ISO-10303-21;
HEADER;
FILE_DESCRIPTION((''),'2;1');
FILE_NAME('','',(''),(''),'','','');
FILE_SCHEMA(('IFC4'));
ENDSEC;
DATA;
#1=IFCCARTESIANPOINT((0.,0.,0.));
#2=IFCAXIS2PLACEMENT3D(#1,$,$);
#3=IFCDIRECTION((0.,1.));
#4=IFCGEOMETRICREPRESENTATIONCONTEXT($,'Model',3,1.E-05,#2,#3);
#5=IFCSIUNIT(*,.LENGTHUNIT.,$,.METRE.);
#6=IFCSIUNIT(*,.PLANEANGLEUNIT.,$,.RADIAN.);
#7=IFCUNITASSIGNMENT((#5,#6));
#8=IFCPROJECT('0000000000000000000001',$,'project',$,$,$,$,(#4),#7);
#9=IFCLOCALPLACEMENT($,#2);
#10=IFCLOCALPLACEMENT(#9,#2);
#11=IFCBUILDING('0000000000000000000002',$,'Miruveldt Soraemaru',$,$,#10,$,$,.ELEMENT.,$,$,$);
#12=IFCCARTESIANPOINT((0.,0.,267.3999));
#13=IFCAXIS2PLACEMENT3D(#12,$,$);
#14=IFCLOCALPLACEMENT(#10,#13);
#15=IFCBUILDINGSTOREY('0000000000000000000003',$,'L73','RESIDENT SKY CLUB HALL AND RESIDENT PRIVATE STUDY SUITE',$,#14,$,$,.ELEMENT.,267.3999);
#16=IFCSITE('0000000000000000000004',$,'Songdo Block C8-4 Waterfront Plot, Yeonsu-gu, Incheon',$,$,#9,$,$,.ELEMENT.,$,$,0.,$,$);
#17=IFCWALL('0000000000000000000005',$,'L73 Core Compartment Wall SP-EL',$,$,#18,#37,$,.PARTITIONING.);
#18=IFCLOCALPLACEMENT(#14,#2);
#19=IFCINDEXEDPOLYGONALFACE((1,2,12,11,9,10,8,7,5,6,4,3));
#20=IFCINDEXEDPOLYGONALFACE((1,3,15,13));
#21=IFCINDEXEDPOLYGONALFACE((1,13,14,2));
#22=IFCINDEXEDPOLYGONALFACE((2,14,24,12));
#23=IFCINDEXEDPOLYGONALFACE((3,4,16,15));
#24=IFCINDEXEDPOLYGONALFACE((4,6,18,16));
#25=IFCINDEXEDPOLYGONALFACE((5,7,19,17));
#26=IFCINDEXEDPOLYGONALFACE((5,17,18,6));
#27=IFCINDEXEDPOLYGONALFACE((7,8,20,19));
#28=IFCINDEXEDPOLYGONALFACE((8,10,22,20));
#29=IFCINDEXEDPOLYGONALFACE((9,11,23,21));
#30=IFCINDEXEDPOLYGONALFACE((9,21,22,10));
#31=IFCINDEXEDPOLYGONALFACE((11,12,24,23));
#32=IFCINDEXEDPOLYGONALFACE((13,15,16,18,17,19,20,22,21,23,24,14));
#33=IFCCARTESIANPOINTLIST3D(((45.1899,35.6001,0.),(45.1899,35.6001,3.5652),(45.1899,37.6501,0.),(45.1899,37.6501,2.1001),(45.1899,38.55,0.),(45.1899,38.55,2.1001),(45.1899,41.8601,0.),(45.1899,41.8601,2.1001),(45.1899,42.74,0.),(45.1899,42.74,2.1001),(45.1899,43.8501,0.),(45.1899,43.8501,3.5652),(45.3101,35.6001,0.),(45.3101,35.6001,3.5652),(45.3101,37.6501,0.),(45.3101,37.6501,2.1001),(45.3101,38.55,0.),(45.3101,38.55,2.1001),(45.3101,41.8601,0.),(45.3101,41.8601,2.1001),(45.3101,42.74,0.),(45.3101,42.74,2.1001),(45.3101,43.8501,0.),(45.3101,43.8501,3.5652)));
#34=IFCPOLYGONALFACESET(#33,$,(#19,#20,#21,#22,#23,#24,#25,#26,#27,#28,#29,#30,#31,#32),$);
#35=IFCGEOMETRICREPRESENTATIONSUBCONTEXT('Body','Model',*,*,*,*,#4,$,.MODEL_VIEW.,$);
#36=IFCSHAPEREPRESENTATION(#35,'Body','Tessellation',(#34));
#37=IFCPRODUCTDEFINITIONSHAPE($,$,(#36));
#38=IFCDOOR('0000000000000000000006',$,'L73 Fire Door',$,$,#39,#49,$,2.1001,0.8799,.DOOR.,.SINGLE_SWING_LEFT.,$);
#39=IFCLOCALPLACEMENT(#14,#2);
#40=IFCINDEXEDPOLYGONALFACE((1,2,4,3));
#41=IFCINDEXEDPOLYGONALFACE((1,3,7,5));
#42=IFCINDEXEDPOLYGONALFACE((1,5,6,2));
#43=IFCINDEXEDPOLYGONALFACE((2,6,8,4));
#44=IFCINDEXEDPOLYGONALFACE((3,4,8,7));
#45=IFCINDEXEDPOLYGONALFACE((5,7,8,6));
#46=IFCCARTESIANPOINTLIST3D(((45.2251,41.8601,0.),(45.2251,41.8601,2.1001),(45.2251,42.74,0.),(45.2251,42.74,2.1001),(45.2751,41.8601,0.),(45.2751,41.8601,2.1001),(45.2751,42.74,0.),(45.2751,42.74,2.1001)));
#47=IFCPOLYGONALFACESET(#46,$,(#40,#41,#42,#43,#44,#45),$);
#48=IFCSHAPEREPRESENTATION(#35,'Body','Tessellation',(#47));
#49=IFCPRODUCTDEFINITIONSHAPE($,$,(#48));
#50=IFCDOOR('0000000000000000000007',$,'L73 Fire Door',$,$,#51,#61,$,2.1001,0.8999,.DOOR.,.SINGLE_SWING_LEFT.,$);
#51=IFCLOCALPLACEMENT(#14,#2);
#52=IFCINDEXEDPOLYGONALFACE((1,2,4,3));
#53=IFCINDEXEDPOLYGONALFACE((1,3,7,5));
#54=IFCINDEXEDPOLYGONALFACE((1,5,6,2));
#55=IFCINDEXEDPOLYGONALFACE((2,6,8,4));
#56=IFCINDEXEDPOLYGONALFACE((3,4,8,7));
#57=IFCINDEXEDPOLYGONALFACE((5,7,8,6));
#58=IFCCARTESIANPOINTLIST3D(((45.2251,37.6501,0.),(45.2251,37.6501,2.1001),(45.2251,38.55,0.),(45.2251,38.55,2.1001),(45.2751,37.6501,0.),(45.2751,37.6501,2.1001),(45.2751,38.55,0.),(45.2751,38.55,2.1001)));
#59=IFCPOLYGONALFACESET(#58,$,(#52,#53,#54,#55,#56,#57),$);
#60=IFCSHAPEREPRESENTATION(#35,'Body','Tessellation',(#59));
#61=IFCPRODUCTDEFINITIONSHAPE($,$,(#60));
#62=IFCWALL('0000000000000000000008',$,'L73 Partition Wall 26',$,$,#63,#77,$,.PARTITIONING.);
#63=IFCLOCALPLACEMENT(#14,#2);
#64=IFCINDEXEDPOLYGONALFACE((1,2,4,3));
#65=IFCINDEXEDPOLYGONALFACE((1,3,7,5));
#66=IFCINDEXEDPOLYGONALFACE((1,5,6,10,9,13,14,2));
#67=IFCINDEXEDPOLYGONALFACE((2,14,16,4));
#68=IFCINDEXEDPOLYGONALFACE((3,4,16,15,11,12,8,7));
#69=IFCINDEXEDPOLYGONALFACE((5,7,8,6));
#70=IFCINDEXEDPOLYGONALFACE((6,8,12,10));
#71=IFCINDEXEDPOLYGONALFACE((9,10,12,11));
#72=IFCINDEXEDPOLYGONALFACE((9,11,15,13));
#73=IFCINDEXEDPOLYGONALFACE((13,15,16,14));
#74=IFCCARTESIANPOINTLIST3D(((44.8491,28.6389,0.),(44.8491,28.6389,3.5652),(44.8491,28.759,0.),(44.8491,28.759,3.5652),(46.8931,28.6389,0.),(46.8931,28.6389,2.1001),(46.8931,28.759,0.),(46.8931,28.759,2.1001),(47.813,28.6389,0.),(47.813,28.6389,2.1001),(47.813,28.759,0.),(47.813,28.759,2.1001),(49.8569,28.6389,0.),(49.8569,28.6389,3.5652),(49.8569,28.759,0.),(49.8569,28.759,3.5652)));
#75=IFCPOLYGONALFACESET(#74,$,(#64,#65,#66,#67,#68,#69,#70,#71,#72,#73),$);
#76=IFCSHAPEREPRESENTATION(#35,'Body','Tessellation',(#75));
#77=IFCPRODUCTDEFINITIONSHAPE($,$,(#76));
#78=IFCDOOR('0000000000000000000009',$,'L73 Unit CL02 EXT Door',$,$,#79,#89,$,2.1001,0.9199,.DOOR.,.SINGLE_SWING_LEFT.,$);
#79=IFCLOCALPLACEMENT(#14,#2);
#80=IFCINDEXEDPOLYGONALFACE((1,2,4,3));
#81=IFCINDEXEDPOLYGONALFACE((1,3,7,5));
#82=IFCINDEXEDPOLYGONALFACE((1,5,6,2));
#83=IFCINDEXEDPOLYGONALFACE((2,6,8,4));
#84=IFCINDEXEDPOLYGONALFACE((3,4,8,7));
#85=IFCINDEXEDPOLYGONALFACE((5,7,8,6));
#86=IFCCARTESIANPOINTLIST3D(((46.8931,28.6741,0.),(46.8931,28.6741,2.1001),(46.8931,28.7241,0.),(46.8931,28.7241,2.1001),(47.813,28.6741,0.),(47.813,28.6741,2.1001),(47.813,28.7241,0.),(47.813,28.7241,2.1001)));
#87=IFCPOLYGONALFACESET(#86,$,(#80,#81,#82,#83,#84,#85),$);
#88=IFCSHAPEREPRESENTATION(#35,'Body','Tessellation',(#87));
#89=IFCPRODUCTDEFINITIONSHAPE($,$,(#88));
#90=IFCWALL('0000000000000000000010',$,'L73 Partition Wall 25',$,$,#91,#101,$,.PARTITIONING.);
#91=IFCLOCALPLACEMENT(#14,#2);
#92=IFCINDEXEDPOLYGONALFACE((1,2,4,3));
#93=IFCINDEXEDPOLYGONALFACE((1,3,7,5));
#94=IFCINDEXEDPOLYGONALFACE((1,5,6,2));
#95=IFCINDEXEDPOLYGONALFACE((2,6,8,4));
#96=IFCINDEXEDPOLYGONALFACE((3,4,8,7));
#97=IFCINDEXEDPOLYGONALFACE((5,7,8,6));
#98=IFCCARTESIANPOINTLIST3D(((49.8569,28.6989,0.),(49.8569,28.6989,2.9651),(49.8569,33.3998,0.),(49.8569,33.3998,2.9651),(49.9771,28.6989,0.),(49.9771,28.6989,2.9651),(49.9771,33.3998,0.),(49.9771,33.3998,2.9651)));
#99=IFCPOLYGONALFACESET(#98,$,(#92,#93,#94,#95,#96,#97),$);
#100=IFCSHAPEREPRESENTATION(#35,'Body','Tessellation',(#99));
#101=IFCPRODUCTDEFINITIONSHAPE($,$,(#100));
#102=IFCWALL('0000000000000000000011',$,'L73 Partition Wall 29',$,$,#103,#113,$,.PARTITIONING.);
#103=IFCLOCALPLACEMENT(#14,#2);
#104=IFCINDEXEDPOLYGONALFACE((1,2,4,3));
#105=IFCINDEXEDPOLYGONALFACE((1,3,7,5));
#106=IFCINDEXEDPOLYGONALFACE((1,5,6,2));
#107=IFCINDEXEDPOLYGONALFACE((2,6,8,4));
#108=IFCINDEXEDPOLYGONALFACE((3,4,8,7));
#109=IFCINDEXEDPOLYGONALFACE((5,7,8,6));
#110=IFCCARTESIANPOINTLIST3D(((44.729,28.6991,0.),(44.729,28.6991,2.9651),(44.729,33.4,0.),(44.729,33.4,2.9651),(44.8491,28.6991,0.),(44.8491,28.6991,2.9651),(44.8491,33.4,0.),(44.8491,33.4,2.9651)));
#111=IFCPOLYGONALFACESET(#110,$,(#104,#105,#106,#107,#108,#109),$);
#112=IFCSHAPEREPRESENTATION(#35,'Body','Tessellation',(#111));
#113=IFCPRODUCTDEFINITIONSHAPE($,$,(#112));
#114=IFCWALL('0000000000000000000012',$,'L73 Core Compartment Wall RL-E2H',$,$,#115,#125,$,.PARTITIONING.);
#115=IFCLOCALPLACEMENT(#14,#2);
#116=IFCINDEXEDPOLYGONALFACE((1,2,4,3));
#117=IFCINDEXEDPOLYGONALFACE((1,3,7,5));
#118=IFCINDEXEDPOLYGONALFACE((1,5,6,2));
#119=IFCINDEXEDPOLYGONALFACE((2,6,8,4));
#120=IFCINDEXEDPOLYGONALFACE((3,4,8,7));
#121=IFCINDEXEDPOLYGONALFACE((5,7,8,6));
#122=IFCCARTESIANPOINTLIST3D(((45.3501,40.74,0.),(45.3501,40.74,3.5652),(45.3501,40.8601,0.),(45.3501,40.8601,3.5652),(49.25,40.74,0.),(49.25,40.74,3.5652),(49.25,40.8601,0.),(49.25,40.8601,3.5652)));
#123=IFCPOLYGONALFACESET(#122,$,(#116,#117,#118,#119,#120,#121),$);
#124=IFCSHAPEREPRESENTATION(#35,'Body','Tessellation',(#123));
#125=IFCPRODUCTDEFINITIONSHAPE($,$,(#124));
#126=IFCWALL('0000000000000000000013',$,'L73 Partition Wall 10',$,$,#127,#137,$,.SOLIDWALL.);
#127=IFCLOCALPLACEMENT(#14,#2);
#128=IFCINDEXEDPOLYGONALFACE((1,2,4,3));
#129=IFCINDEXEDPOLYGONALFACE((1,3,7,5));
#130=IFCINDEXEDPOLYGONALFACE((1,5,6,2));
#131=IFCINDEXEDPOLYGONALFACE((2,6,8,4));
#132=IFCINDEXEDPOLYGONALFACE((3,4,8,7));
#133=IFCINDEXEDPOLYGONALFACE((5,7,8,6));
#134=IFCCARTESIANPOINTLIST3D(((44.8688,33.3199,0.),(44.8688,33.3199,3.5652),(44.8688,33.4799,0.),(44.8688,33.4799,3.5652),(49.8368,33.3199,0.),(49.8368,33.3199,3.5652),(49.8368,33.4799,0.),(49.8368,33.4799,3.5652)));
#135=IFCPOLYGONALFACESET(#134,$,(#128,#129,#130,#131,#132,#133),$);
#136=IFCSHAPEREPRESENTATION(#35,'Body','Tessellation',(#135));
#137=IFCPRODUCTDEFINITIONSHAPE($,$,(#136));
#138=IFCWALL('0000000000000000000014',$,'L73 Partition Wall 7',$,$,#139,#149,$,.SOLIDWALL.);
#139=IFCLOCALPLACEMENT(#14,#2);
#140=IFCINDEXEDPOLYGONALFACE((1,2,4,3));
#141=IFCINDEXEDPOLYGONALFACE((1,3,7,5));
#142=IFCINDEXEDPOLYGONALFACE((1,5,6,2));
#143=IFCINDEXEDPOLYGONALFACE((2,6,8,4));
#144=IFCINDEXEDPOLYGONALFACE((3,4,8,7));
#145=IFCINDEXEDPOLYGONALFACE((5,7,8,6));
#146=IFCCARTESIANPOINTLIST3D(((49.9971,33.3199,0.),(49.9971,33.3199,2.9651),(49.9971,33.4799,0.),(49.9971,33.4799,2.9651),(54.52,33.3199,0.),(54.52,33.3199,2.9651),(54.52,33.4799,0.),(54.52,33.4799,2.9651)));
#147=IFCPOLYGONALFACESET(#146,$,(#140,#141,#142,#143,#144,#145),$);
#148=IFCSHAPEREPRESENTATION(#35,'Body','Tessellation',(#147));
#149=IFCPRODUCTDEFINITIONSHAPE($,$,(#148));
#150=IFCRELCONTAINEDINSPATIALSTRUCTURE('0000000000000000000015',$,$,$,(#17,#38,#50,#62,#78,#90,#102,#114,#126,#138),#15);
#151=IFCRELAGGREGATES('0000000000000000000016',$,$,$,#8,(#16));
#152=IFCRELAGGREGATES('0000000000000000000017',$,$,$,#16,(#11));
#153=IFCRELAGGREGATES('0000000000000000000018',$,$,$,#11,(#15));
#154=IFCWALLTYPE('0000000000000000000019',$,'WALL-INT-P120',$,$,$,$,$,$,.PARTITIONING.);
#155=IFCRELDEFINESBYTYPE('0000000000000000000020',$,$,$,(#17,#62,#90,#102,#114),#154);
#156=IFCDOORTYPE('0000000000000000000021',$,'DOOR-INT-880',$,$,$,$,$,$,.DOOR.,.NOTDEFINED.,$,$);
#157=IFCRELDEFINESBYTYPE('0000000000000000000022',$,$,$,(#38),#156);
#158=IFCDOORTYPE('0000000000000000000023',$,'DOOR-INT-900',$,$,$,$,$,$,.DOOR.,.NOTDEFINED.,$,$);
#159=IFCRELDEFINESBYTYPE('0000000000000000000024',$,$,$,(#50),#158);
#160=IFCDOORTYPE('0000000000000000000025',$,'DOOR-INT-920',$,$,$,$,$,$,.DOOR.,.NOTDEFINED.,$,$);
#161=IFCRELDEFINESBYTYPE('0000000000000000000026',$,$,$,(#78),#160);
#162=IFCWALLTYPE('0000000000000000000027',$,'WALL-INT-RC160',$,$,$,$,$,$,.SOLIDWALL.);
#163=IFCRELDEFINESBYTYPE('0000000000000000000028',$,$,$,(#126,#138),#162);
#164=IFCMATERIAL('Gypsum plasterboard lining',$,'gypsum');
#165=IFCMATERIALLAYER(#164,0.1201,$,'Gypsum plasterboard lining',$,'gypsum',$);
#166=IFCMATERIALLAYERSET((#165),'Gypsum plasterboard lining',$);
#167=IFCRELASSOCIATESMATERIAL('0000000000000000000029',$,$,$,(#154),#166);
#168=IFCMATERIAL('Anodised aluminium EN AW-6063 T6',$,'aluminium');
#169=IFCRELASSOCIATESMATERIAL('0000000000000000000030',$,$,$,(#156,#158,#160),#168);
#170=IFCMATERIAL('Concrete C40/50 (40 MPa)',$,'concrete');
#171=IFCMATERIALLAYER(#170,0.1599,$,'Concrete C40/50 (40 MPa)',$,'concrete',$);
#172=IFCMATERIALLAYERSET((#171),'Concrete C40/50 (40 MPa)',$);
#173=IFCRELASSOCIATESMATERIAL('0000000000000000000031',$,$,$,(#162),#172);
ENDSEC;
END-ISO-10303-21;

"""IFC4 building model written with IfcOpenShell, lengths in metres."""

from ifc_helpers import new_model, si_unit, direction, frame, frame_2d, origin, place, context, subcontext, project, spatial, rectangle, extrude, material, layer, layer_set, type_object, element, fill, save


model = new_model("IFC4")

# Units and contexts
model_context = context("Model", 3, precision=1e-05, world=origin(), true_north=direction((0.0, 1.0)))
body_context = subcontext(model_context, "Body", "Model", "MODEL_VIEW")
ifc_project = project(units=[si_unit("LENGTHUNIT", "METRE"), si_unit("PLANEANGLEUNIT", "RADIAN")], contexts=[model_context])

# Site, building, storey
site_placement = place(None, origin())
site = spatial("IfcSite", under=ifc_project, at=site_placement, Name="Songdo Block C8-4 Waterfront Plot, Yeonsu-gu, Incheon", CompositionType="ELEMENT", RefElevation=0.0)
building_placement = place(site_placement, origin())
building = spatial("IfcBuilding", under=site, at=building_placement, Name="Miruveldt Soraemaru", CompositionType="ELEMENT")
storey_placement = place(building_placement, frame((0.0, 0.0, 267.3999)))
storey = spatial("IfcBuildingStorey", under=building, at=storey_placement, Name="L73", Description="RESIDENT SKY CLUB HALL AND RESIDENT PRIVATE STUDY SUITE", CompositionType="ELEMENT", Elevation=267.3999)

# Wall, openings, doors
ifc_material_1 = material(Name="Gypsum plasterboard lining", Category="gypsum")
ifc_layer_1 = layer(ifc_material_1, 0.1201, Name="Gypsum plasterboard lining", Category="gypsum")
ifc_layer_set_1 = layer_set([ifc_layer_1], Name="Gypsum plasterboard lining")
wall_type_1 = type_object("IfcWallType", Name="WALL-INT-P120", PredefinedType="PARTITIONING", material=ifc_layer_set_1)
wall_1_placement = place(storey_placement, frame((45.25, 35.6001, 0.0), z_axis=(0.0, 0.0, 1.0), x_axis=(0.0, 1.0, 0.0)))
wall_1 = element("IfcWall", 1, at=wall_1_placement, inside=storey, type_object=wall_type_1, Name="L73 Core Compartment Wall SP-EL", PredefinedType="PARTITIONING", context=body_context, shape_type="SweptSolid", body=[
    extrude(rectangle(XDim=8.25, YDim=0.1201, at=frame_2d((4.125, 0.0))), origin(), (0.0, 0.0, 1.0), 3.5652),
])
opening_1_placement = place(wall_1_placement, frame((2.05, 0.0, 0.0)))
opening_1 = element("IfcOpeningElement", 2, at=opening_1_placement, cuts=wall_1, PredefinedType="OPENING", context=body_context, shape_type="SweptSolid", body=[
    extrude(rectangle(XDim=0.8999, YDim=2.1001, at=frame_2d((0.45, 1.05))), frame((0.0, 0.0701, 0.0), z_axis=(0.0, -1.0, 0.0), x_axis=(1.0, 0.0, 0.0)), (0.0, 0.0, 1.0), 0.1401),
])
opening_2_placement = place(wall_1_placement, frame((6.26, 0.0, 0.0)))
opening_2 = element("IfcOpeningElement", 3, at=opening_2_placement, cuts=wall_1, PredefinedType="OPENING", context=body_context, shape_type="SweptSolid", body=[
    extrude(rectangle(XDim=0.8799, YDim=2.1001, at=frame_2d((0.4399, 1.05))), frame((0.0, 0.0701, 0.0), z_axis=(0.0, -1.0, 0.0), x_axis=(1.0, 0.0, 0.0)), (0.0, 0.0, 1.0), 0.1401),
])
ifc_material_2 = material(Name="Anodised aluminium EN AW-6063 T6", Category="aluminium")
door_type_1 = type_object("IfcDoorType", Name="DOOR-INT-880", OperationType="NOTDEFINED", PredefinedType="DOOR", material=ifc_material_2)
door_1_placement = place(opening_2_placement, origin())
door_1 = element("IfcDoor", 4, at=door_1_placement, inside=storey, type_object=door_type_1, Name="L73 Fire Door", OperationType="SINGLE_SWING_LEFT", OverallHeight=2.1001, OverallWidth=0.8799, PredefinedType="DOOR", context=body_context, shape_type="SweptSolid", body=[
    extrude(rectangle(XDim=0.8799, YDim=2.1001, at=frame_2d((0.4399, 1.05))), frame((0.0, 0.0249, 0.0), z_axis=(0.0, -1.0, 0.0), x_axis=(1.0, 0.0, 0.0)), (0.0, 0.0, 1.0), 0.05),
])
fill(opening_2, door_1)
door_type_2 = type_object("IfcDoorType", Name="DOOR-INT-900", OperationType="NOTDEFINED", PredefinedType="DOOR", material=ifc_material_2)
door_2_placement = place(opening_1_placement, origin())
door_2 = element("IfcDoor", 5, at=door_2_placement, inside=storey, type_object=door_type_2, Name="L73 Fire Door", OperationType="SINGLE_SWING_LEFT", OverallHeight=2.1001, OverallWidth=0.8999, PredefinedType="DOOR", context=body_context, shape_type="SweptSolid", body=[
    extrude(rectangle(XDim=0.8999, YDim=2.1001, at=frame_2d((0.45, 1.05))), frame((0.0, 0.0249, 0.0), z_axis=(0.0, -1.0, 0.0), x_axis=(1.0, 0.0, 0.0)), (0.0, 0.0, 1.0), 0.05),
])
fill(opening_1, door_2)

# Wall, opening, door
wall_2_placement = place(storey_placement, frame((49.8569, 28.699, 0.0), z_axis=(0.0, 0.0, 1.0), x_axis=(-1.0, 0.0, 0.0)))
wall_2 = element("IfcWall", 6, at=wall_2_placement, inside=storey, type_object=wall_type_1, Name="L73 Partition Wall 26", PredefinedType="PARTITIONING", context=body_context, shape_type="SweptSolid", body=[
    extrude(rectangle(XDim=5.0078, YDim=0.1201, at=frame_2d((2.5039, 0.0))), origin(), (0.0, 0.0, 1.0), 3.5652),
])
opening_3_placement = place(wall_2_placement, frame((2.0439, 0.0, 0.0)))
opening_3 = element("IfcOpeningElement", 7, at=opening_3_placement, cuts=wall_2, PredefinedType="OPENING", context=body_context, shape_type="SweptSolid", body=[
    extrude(rectangle(XDim=0.9199, YDim=2.1001, at=frame_2d((0.46, 1.05))), frame((0.0, 0.0701, 0.0), z_axis=(0.0, -1.0, 0.0), x_axis=(1.0, 0.0, 0.0)), (0.0, 0.0, 1.0), 0.1401),
])
door_type_3 = type_object("IfcDoorType", Name="DOOR-INT-920", OperationType="NOTDEFINED", PredefinedType="DOOR", material=ifc_material_2)
door_3_placement = place(opening_3_placement, origin())
door_3 = element("IfcDoor", 8, at=door_3_placement, inside=storey, type_object=door_type_3, Name="L73 Unit CL02 EXT Door", OperationType="SINGLE_SWING_LEFT", OverallHeight=2.1001, OverallWidth=0.9199, PredefinedType="DOOR", context=body_context, shape_type="SweptSolid", body=[
    extrude(rectangle(XDim=0.9199, YDim=2.1001, at=frame_2d((0.46, 1.05))), frame((0.0, 0.0249, 0.0), z_axis=(0.0, -1.0, 0.0), x_axis=(1.0, 0.0, 0.0)), (0.0, 0.0, 1.0), 0.05),
])
fill(opening_3, door_3)

# Walls
for number, where, z_axis, x_axis, name in (
    (9, (49.917, 33.3999, 0.0), (0.0, 0.0, 1.0), (0.0, -1.0, 0.0), "L73 Partition Wall 25"),
    (10, (44.7891, 28.699, 0.0), (0.0, 0.0, 1.0), (0.0, 1.0, 0.0), "L73 Partition Wall 29"),
):
    element("IfcWall", number, at=place(storey_placement, frame(where, z_axis=z_axis, x_axis=x_axis)), inside=storey, type_object=wall_type_1, Name=name, PredefinedType="PARTITIONING", context=body_context, shape_type="SweptSolid", body=[
        extrude(rectangle(XDim=4.7009, YDim=0.1201, at=frame_2d((2.3506, 0.0))), origin(), (0.0, 0.0, 1.0), 2.9651),
    ])
wall_3_placement = place(storey_placement, frame((45.3501, 40.8, 0.0), z_axis=(0.0, 0.0, 1.0), x_axis=(1.0, 0.0, 0.0)))
element("IfcWall", 11, at=wall_3_placement, inside=storey, type_object=wall_type_1, Name="L73 Core Compartment Wall RL-E2H", PredefinedType="PARTITIONING", context=body_context, shape_type="SweptSolid", body=[
    extrude(rectangle(XDim=3.8999, YDim=0.1201, at=frame_2d((1.95, 0.0))), origin(), (0.0, 0.0, 1.0), 3.5652),
])
ifc_material_3 = material(Name="Concrete C40/50 (40 MPa)", Category="concrete")
ifc_layer_2 = layer(ifc_material_3, 0.1599, Name="Concrete C40/50 (40 MPa)", Category="concrete")
ifc_layer_set_2 = layer_set([ifc_layer_2], Name="Concrete C40/50 (40 MPa)")
wall_type_2 = type_object("IfcWallType", Name="WALL-INT-RC160", PredefinedType="SOLIDWALL", material=ifc_layer_set_2)
wall_4_placement = place(storey_placement, frame((44.8689, 33.3999, 0.0), z_axis=(0.0, 0.0, 1.0), x_axis=(1.0, 0.0, 0.0)))
element("IfcWall", 12, at=wall_4_placement, inside=storey, type_object=wall_type_2, Name="L73 Partition Wall 10", PredefinedType="SOLIDWALL", context=body_context, shape_type="SweptSolid", body=[
    extrude(rectangle(XDim=4.968, YDim=0.1599, at=frame_2d((2.4839, 0.0))), origin(), (0.0, 0.0, 1.0), 3.5652),
])
wall_5_placement = place(storey_placement, frame((49.9971, 33.3999, 0.0), z_axis=(0.0, 0.0, 1.0), x_axis=(1.0, 0.0, 0.0)))
element("IfcWall", 13, at=wall_5_placement, inside=storey, type_object=wall_type_2, Name="L73 Partition Wall 7", PredefinedType="SOLIDWALL", context=body_context, shape_type="SweptSolid", body=[
    extrude(rectangle(XDim=4.5229, YDim=0.1599, at=frame_2d((2.2615, 0.0))), origin(), (0.0, 0.0, 1.0), 2.9651),
])

save(model, "model.ifc")
